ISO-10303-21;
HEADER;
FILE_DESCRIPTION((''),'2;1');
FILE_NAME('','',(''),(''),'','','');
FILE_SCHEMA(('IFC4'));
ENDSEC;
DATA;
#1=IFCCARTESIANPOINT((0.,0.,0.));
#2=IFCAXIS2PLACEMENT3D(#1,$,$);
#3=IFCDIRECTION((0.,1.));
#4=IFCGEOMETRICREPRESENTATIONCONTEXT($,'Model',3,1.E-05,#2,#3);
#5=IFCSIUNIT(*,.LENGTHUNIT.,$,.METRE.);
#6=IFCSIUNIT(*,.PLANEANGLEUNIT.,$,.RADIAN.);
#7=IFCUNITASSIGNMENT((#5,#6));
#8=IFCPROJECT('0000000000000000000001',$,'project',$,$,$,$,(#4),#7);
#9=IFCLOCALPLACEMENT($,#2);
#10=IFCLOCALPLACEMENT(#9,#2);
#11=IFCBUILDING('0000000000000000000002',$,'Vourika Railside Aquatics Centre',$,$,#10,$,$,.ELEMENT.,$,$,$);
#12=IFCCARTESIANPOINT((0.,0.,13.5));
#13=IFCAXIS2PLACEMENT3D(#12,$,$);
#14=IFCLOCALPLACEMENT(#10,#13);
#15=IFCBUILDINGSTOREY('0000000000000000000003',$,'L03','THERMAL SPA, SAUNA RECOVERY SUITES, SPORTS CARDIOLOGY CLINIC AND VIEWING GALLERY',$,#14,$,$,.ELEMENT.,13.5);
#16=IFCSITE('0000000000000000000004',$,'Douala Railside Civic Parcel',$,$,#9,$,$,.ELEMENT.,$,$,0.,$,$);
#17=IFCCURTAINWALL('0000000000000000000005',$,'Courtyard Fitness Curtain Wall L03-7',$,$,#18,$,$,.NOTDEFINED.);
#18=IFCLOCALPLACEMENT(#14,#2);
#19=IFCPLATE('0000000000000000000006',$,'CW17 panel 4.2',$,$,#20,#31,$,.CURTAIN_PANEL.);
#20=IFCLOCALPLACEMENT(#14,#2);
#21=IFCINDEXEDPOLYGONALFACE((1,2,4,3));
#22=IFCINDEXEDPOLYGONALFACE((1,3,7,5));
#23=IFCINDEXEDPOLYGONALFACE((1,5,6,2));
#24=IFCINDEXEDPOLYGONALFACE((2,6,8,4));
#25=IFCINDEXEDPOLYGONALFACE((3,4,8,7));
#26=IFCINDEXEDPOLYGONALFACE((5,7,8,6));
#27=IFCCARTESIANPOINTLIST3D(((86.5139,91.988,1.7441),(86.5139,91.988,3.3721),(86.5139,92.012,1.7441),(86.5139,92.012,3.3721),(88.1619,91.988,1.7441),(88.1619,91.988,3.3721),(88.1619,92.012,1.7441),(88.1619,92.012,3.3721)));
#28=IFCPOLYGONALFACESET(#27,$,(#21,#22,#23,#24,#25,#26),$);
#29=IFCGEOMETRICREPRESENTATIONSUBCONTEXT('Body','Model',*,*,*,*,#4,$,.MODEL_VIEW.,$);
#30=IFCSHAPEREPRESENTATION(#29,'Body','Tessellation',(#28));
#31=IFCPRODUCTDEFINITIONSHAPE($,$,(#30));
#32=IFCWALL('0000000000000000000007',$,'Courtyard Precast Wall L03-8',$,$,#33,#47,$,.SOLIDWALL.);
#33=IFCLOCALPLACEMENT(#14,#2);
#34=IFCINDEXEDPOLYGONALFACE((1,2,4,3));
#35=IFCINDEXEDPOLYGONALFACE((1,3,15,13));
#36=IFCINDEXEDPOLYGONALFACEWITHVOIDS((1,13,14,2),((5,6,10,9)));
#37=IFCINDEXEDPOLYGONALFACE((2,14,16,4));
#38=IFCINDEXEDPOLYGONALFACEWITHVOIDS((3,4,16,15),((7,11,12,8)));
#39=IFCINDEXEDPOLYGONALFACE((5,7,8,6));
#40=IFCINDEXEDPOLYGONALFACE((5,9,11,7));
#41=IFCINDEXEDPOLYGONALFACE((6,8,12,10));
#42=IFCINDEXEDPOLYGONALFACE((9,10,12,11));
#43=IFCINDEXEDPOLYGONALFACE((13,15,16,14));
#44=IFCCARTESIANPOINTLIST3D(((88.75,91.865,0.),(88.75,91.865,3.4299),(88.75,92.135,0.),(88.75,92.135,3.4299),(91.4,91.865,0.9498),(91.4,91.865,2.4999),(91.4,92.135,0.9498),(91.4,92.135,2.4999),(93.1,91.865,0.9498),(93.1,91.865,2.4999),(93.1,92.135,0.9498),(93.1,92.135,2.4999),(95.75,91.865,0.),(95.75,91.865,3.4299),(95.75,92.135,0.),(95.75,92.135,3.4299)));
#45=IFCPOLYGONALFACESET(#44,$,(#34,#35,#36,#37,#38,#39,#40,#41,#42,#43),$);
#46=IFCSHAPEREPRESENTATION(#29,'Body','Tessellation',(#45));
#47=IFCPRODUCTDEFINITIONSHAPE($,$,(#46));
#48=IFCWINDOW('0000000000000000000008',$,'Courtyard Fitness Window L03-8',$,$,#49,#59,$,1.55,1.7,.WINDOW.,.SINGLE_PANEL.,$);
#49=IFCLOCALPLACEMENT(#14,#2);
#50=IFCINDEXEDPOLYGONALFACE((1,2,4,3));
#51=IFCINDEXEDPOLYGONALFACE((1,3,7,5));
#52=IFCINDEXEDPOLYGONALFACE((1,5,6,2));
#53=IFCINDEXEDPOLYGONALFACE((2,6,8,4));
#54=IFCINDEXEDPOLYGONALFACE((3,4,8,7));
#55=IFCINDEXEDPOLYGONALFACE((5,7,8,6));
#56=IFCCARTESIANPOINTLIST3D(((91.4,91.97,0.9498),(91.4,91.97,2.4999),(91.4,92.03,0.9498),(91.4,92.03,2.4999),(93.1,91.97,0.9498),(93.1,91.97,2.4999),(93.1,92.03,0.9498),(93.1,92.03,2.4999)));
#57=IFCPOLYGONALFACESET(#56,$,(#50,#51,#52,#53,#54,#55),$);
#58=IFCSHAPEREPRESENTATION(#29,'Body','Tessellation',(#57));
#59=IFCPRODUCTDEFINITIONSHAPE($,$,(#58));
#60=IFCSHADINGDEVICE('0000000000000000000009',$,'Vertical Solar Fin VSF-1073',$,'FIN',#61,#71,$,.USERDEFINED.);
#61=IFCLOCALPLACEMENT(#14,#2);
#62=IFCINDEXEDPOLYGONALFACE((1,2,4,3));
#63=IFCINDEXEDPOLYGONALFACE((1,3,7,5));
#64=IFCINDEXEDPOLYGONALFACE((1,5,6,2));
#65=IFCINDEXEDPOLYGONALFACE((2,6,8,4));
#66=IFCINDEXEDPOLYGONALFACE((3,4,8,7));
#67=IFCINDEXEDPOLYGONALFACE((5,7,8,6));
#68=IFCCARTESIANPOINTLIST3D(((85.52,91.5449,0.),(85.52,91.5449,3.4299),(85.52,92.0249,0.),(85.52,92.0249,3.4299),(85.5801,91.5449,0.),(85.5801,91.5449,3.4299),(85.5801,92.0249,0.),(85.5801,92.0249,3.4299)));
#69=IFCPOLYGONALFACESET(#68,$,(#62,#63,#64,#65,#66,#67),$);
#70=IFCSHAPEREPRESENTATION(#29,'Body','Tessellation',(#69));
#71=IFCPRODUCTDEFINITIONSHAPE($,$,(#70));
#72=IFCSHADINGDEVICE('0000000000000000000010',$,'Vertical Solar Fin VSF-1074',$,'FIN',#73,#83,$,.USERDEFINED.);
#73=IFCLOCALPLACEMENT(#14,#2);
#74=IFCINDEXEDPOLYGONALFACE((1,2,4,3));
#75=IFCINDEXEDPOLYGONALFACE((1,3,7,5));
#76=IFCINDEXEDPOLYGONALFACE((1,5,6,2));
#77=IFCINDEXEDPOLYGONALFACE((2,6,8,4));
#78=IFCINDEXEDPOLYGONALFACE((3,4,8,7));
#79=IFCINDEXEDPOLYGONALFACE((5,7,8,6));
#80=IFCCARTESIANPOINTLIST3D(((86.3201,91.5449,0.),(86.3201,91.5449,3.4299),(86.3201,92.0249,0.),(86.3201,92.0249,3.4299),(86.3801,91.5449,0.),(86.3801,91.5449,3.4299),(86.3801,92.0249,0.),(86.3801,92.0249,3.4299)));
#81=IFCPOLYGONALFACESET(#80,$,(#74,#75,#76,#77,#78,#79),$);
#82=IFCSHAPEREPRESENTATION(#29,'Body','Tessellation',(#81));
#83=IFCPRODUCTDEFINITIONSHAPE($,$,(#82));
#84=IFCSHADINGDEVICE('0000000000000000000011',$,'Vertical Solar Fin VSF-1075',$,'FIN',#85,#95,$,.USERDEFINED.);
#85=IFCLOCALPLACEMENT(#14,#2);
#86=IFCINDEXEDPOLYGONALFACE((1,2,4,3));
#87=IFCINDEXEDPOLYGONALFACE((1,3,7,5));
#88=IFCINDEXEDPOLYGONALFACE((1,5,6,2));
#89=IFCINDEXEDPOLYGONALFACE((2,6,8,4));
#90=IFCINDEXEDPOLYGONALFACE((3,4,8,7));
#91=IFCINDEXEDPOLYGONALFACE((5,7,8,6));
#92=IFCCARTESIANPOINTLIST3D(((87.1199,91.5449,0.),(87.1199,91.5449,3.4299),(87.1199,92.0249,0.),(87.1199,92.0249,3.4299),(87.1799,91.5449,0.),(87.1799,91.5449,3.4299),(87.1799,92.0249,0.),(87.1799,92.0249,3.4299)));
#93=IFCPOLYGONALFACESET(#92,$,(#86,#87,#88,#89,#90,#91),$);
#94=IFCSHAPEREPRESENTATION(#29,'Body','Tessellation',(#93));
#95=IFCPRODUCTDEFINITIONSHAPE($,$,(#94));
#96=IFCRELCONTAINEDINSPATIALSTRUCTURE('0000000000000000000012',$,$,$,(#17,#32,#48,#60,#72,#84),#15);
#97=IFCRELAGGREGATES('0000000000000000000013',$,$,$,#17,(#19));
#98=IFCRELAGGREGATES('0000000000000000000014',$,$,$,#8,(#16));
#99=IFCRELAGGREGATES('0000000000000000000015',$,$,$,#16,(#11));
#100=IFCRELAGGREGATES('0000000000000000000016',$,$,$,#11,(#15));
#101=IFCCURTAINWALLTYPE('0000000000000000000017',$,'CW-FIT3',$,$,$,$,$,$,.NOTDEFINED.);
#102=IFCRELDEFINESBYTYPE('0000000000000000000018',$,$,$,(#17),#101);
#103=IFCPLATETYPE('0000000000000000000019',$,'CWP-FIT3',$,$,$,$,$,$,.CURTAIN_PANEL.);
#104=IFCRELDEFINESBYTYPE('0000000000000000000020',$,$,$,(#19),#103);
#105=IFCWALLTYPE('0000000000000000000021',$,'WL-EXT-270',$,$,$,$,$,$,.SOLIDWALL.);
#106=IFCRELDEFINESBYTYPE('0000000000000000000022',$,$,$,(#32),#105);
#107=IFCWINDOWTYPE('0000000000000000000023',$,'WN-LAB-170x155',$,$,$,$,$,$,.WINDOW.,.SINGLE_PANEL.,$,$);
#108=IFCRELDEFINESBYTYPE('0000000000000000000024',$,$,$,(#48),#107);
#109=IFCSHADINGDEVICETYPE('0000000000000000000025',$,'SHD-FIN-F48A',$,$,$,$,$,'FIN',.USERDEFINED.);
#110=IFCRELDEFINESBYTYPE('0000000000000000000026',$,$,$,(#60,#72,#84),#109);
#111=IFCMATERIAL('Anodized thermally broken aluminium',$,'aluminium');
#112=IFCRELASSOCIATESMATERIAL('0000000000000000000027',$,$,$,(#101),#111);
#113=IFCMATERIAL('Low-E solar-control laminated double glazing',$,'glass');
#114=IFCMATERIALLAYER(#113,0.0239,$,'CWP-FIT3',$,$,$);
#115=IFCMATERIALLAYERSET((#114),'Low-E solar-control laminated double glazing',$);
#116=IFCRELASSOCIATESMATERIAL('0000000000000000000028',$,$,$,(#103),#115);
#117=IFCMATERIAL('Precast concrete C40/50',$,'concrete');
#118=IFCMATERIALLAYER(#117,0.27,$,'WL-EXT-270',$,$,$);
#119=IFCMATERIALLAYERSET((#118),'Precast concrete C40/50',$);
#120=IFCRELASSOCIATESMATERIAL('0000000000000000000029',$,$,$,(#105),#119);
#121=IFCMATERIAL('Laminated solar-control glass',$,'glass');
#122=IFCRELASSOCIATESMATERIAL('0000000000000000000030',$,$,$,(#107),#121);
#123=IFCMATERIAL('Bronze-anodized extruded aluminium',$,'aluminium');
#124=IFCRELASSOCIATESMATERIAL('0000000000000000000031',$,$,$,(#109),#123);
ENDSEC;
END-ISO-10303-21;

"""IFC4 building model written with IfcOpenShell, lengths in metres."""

from ifc_helpers import new_model, si_unit, direction, frame, frame_2d, origin, origin_2d, place, context, subcontext, project, spatial, rectangle, extrude, material, layer, layer_set, material_profile, profile_set, type_object, element, fill, aggregate, save


model = new_model("IFC4")

# Units and contexts
model_context = context("Model", 3, precision=1e-05, world=origin(), true_north=direction((0.0, 1.0)))
body_context = subcontext(model_context, "Body", "Model", "MODEL_VIEW")
ifc_project = project(units=[si_unit("LENGTHUNIT", "METRE"), si_unit("PLANEANGLEUNIT", "RADIAN")], contexts=[model_context])

# Site, building, storey
site_placement = place(None, origin())
site = spatial("IfcSite", under=ifc_project, at=site_placement, Name="Douala Railside Civic Parcel", CompositionType="ELEMENT", RefElevation=0.0)
building_placement = place(site_placement, origin())
building = spatial("IfcBuilding", under=site, at=building_placement, Name="Vourika Railside Aquatics Centre", CompositionType="ELEMENT")
storey_placement = place(building_placement, frame((0.0, 0.0, 13.5)))
storey = spatial("IfcBuildingStorey", under=building, at=storey_placement, Name="L03", Description="THERMAL SPA, SAUNA RECOVERY SUITES, SPORTS CARDIOLOGY CLINIC AND VIEWING GALLERY", CompositionType="ELEMENT", Elevation=13.5)

# Curtain wall
ifc_material_1 = material(Name="Anodized thermally broken aluminium", Category="aluminium")
curtain_wall_type = type_object("IfcCurtainWallType", Name="CW-FIT3", PredefinedType="NOTDEFINED", material=ifc_material_1)
curtain_wall_1_placement = place(storey_placement, origin())
curtain_wall_1 = element("IfcCurtainWall", 1, at=curtain_wall_1_placement, inside=storey, type_object=curtain_wall_type, Name="Courtyard Fitness Curtain Wall L03-7", PredefinedType="NOTDEFINED")

# Plate
ifc_material_2 = material(Name="Low-E solar-control laminated double glazing", Category="glass")
ifc_layer_1 = layer(ifc_material_2, 0.0239, Name="CWP-FIT3")
ifc_layer_set_1 = layer_set([ifc_layer_1], Name="Low-E solar-control laminated double glazing")
plate_type = type_object("IfcPlateType", Name="CWP-FIT3", PredefinedType="CURTAIN_PANEL", material=ifc_layer_set_1)
plate_1_placement = place(storey_placement, frame((87.3379, 92.0, 1.7441), z_axis=(0.0, 0.0, 1.0), x_axis=(1.0, 0.0, 0.0)))
plate_1 = element("IfcPlate", 2, at=plate_1_placement, type_object=plate_type, Name="CW17 panel 4.2", PredefinedType="CURTAIN_PANEL", context=body_context, shape_type="SweptSolid", body=[
    extrude(rectangle(XDim=1.6479, YDim=0.0239, at=origin_2d()), origin(), (0.0, 0.0, 1.0), 1.6279),
])
aggregate(curtain_wall_1, [plate_1])

# Wall, opening, window
ifc_material_3 = material(Name="Precast concrete C40/50", Category="concrete")
ifc_layer_2 = layer(ifc_material_3, 0.27, Name="WL-EXT-270")
ifc_layer_set_2 = layer_set([ifc_layer_2], Name="Precast concrete C40/50")
wall_type = type_object("IfcWallType", Name="WL-EXT-270", PredefinedType="SOLIDWALL", material=ifc_layer_set_2)
wall_placement = place(storey_placement, frame((88.75, 92.0, 0.0), z_axis=(0.0, 0.0, 1.0), x_axis=(1.0, 0.0, 0.0)))
wall = element("IfcWall", 3, at=wall_placement, inside=storey, type_object=wall_type, Name="Courtyard Precast Wall L03-8", PredefinedType="SOLIDWALL", context=body_context, shape_type="SweptSolid", body=[
    extrude(rectangle(XDim=7.0, YDim=0.27, at=frame_2d((3.5, 0.0))), origin(), (0.0, 0.0, 1.0), 3.4299),
])
opening_placement = place(wall_placement, frame((2.6499, 0.0, 0.95)))
opening = element("IfcOpeningElement", 4, at=opening_placement, cuts=wall, PredefinedType="OPENING", context=body_context, shape_type="SweptSolid", body=[
    extrude(rectangle(XDim=1.7, YDim=1.55, at=frame_2d((0.8501, 0.7749))), frame((0.0, 0.145, 0.0), z_axis=(0.0, -1.0, 0.0), x_axis=(1.0, 0.0, 0.0)), (0.0, 0.0, 1.0), 0.29),
])
ifc_material_4 = material(Name="Laminated solar-control glass", Category="glass")
window_type = type_object("IfcWindowType", Name="WN-LAB-170x155", PartitioningType="SINGLE_PANEL", PredefinedType="WINDOW", material=ifc_material_4)
window_placement = place(opening_placement, origin())
window = element("IfcWindow", 5, at=window_placement, inside=storey, type_object=window_type, Name="Courtyard Fitness Window L03-8", OverallHeight=1.55, OverallWidth=1.7, PartitioningType="SINGLE_PANEL", PredefinedType="WINDOW", context=body_context, shape_type="SweptSolid", body=[
    extrude(rectangle(XDim=1.7, YDim=1.55, at=frame_2d((0.8501, 0.7749))), frame((0.0, 0.03, 0.0), z_axis=(0.0, -1.0, 0.0), x_axis=(1.0, 0.0, 0.0)), (0.0, 0.0, 1.0), 0.0601),
])
fill(opening, window)

# Shading devices
ifc_material_5 = material(Name="Bronze-anodized extruded aluminium", Category="aluminium")
ifc_material_profile_1 = material_profile(ifc_material_5, rectangle(XDim=0.0601, YDim=0.48, at=origin_2d()), Name="ALU-FIN 60x480")
ifc_profile_set_1 = profile_set([ifc_material_profile_1], Name="Bronze-anodized extruded aluminium")
shading_device_type = type_object("IfcShadingDeviceType", Name="SHD-FIN-F48A", ElementType="FIN", PredefinedType="USERDEFINED", material=ifc_profile_set_1)
for number, where, z_axis, x_axis, name in (
    (6, (85.55, 91.7849, 0.0), (0.0, 0.0, 1.0), (-1.0, 0.0, 0.0), "Vertical Solar Fin VSF-1073"),
    (7, (86.3501, 91.7849, 0.0), (0.0, 0.0, 1.0), (-1.0, 0.0, 0.0), "Vertical Solar Fin VSF-1074"),
    (8, (87.1499, 91.7849, 0.0), (0.0, 0.0, 1.0), (-1.0, 0.0, 0.0), "Vertical Solar Fin VSF-1075"),
):
    element("IfcShadingDevice", number, at=place(storey_placement, frame(where, z_axis=z_axis, x_axis=x_axis)), inside=storey, type_object=shading_device_type, Name=name, ObjectType="FIN", PredefinedType="USERDEFINED", context=body_context, shape_type="SweptSolid", body=[
        extrude(rectangle(XDim=0.0601, YDim=0.48, at=origin_2d()), origin(), (0.0, 0.0, 1.0), 3.4299),
    ])

save(model, "model.ifc")
